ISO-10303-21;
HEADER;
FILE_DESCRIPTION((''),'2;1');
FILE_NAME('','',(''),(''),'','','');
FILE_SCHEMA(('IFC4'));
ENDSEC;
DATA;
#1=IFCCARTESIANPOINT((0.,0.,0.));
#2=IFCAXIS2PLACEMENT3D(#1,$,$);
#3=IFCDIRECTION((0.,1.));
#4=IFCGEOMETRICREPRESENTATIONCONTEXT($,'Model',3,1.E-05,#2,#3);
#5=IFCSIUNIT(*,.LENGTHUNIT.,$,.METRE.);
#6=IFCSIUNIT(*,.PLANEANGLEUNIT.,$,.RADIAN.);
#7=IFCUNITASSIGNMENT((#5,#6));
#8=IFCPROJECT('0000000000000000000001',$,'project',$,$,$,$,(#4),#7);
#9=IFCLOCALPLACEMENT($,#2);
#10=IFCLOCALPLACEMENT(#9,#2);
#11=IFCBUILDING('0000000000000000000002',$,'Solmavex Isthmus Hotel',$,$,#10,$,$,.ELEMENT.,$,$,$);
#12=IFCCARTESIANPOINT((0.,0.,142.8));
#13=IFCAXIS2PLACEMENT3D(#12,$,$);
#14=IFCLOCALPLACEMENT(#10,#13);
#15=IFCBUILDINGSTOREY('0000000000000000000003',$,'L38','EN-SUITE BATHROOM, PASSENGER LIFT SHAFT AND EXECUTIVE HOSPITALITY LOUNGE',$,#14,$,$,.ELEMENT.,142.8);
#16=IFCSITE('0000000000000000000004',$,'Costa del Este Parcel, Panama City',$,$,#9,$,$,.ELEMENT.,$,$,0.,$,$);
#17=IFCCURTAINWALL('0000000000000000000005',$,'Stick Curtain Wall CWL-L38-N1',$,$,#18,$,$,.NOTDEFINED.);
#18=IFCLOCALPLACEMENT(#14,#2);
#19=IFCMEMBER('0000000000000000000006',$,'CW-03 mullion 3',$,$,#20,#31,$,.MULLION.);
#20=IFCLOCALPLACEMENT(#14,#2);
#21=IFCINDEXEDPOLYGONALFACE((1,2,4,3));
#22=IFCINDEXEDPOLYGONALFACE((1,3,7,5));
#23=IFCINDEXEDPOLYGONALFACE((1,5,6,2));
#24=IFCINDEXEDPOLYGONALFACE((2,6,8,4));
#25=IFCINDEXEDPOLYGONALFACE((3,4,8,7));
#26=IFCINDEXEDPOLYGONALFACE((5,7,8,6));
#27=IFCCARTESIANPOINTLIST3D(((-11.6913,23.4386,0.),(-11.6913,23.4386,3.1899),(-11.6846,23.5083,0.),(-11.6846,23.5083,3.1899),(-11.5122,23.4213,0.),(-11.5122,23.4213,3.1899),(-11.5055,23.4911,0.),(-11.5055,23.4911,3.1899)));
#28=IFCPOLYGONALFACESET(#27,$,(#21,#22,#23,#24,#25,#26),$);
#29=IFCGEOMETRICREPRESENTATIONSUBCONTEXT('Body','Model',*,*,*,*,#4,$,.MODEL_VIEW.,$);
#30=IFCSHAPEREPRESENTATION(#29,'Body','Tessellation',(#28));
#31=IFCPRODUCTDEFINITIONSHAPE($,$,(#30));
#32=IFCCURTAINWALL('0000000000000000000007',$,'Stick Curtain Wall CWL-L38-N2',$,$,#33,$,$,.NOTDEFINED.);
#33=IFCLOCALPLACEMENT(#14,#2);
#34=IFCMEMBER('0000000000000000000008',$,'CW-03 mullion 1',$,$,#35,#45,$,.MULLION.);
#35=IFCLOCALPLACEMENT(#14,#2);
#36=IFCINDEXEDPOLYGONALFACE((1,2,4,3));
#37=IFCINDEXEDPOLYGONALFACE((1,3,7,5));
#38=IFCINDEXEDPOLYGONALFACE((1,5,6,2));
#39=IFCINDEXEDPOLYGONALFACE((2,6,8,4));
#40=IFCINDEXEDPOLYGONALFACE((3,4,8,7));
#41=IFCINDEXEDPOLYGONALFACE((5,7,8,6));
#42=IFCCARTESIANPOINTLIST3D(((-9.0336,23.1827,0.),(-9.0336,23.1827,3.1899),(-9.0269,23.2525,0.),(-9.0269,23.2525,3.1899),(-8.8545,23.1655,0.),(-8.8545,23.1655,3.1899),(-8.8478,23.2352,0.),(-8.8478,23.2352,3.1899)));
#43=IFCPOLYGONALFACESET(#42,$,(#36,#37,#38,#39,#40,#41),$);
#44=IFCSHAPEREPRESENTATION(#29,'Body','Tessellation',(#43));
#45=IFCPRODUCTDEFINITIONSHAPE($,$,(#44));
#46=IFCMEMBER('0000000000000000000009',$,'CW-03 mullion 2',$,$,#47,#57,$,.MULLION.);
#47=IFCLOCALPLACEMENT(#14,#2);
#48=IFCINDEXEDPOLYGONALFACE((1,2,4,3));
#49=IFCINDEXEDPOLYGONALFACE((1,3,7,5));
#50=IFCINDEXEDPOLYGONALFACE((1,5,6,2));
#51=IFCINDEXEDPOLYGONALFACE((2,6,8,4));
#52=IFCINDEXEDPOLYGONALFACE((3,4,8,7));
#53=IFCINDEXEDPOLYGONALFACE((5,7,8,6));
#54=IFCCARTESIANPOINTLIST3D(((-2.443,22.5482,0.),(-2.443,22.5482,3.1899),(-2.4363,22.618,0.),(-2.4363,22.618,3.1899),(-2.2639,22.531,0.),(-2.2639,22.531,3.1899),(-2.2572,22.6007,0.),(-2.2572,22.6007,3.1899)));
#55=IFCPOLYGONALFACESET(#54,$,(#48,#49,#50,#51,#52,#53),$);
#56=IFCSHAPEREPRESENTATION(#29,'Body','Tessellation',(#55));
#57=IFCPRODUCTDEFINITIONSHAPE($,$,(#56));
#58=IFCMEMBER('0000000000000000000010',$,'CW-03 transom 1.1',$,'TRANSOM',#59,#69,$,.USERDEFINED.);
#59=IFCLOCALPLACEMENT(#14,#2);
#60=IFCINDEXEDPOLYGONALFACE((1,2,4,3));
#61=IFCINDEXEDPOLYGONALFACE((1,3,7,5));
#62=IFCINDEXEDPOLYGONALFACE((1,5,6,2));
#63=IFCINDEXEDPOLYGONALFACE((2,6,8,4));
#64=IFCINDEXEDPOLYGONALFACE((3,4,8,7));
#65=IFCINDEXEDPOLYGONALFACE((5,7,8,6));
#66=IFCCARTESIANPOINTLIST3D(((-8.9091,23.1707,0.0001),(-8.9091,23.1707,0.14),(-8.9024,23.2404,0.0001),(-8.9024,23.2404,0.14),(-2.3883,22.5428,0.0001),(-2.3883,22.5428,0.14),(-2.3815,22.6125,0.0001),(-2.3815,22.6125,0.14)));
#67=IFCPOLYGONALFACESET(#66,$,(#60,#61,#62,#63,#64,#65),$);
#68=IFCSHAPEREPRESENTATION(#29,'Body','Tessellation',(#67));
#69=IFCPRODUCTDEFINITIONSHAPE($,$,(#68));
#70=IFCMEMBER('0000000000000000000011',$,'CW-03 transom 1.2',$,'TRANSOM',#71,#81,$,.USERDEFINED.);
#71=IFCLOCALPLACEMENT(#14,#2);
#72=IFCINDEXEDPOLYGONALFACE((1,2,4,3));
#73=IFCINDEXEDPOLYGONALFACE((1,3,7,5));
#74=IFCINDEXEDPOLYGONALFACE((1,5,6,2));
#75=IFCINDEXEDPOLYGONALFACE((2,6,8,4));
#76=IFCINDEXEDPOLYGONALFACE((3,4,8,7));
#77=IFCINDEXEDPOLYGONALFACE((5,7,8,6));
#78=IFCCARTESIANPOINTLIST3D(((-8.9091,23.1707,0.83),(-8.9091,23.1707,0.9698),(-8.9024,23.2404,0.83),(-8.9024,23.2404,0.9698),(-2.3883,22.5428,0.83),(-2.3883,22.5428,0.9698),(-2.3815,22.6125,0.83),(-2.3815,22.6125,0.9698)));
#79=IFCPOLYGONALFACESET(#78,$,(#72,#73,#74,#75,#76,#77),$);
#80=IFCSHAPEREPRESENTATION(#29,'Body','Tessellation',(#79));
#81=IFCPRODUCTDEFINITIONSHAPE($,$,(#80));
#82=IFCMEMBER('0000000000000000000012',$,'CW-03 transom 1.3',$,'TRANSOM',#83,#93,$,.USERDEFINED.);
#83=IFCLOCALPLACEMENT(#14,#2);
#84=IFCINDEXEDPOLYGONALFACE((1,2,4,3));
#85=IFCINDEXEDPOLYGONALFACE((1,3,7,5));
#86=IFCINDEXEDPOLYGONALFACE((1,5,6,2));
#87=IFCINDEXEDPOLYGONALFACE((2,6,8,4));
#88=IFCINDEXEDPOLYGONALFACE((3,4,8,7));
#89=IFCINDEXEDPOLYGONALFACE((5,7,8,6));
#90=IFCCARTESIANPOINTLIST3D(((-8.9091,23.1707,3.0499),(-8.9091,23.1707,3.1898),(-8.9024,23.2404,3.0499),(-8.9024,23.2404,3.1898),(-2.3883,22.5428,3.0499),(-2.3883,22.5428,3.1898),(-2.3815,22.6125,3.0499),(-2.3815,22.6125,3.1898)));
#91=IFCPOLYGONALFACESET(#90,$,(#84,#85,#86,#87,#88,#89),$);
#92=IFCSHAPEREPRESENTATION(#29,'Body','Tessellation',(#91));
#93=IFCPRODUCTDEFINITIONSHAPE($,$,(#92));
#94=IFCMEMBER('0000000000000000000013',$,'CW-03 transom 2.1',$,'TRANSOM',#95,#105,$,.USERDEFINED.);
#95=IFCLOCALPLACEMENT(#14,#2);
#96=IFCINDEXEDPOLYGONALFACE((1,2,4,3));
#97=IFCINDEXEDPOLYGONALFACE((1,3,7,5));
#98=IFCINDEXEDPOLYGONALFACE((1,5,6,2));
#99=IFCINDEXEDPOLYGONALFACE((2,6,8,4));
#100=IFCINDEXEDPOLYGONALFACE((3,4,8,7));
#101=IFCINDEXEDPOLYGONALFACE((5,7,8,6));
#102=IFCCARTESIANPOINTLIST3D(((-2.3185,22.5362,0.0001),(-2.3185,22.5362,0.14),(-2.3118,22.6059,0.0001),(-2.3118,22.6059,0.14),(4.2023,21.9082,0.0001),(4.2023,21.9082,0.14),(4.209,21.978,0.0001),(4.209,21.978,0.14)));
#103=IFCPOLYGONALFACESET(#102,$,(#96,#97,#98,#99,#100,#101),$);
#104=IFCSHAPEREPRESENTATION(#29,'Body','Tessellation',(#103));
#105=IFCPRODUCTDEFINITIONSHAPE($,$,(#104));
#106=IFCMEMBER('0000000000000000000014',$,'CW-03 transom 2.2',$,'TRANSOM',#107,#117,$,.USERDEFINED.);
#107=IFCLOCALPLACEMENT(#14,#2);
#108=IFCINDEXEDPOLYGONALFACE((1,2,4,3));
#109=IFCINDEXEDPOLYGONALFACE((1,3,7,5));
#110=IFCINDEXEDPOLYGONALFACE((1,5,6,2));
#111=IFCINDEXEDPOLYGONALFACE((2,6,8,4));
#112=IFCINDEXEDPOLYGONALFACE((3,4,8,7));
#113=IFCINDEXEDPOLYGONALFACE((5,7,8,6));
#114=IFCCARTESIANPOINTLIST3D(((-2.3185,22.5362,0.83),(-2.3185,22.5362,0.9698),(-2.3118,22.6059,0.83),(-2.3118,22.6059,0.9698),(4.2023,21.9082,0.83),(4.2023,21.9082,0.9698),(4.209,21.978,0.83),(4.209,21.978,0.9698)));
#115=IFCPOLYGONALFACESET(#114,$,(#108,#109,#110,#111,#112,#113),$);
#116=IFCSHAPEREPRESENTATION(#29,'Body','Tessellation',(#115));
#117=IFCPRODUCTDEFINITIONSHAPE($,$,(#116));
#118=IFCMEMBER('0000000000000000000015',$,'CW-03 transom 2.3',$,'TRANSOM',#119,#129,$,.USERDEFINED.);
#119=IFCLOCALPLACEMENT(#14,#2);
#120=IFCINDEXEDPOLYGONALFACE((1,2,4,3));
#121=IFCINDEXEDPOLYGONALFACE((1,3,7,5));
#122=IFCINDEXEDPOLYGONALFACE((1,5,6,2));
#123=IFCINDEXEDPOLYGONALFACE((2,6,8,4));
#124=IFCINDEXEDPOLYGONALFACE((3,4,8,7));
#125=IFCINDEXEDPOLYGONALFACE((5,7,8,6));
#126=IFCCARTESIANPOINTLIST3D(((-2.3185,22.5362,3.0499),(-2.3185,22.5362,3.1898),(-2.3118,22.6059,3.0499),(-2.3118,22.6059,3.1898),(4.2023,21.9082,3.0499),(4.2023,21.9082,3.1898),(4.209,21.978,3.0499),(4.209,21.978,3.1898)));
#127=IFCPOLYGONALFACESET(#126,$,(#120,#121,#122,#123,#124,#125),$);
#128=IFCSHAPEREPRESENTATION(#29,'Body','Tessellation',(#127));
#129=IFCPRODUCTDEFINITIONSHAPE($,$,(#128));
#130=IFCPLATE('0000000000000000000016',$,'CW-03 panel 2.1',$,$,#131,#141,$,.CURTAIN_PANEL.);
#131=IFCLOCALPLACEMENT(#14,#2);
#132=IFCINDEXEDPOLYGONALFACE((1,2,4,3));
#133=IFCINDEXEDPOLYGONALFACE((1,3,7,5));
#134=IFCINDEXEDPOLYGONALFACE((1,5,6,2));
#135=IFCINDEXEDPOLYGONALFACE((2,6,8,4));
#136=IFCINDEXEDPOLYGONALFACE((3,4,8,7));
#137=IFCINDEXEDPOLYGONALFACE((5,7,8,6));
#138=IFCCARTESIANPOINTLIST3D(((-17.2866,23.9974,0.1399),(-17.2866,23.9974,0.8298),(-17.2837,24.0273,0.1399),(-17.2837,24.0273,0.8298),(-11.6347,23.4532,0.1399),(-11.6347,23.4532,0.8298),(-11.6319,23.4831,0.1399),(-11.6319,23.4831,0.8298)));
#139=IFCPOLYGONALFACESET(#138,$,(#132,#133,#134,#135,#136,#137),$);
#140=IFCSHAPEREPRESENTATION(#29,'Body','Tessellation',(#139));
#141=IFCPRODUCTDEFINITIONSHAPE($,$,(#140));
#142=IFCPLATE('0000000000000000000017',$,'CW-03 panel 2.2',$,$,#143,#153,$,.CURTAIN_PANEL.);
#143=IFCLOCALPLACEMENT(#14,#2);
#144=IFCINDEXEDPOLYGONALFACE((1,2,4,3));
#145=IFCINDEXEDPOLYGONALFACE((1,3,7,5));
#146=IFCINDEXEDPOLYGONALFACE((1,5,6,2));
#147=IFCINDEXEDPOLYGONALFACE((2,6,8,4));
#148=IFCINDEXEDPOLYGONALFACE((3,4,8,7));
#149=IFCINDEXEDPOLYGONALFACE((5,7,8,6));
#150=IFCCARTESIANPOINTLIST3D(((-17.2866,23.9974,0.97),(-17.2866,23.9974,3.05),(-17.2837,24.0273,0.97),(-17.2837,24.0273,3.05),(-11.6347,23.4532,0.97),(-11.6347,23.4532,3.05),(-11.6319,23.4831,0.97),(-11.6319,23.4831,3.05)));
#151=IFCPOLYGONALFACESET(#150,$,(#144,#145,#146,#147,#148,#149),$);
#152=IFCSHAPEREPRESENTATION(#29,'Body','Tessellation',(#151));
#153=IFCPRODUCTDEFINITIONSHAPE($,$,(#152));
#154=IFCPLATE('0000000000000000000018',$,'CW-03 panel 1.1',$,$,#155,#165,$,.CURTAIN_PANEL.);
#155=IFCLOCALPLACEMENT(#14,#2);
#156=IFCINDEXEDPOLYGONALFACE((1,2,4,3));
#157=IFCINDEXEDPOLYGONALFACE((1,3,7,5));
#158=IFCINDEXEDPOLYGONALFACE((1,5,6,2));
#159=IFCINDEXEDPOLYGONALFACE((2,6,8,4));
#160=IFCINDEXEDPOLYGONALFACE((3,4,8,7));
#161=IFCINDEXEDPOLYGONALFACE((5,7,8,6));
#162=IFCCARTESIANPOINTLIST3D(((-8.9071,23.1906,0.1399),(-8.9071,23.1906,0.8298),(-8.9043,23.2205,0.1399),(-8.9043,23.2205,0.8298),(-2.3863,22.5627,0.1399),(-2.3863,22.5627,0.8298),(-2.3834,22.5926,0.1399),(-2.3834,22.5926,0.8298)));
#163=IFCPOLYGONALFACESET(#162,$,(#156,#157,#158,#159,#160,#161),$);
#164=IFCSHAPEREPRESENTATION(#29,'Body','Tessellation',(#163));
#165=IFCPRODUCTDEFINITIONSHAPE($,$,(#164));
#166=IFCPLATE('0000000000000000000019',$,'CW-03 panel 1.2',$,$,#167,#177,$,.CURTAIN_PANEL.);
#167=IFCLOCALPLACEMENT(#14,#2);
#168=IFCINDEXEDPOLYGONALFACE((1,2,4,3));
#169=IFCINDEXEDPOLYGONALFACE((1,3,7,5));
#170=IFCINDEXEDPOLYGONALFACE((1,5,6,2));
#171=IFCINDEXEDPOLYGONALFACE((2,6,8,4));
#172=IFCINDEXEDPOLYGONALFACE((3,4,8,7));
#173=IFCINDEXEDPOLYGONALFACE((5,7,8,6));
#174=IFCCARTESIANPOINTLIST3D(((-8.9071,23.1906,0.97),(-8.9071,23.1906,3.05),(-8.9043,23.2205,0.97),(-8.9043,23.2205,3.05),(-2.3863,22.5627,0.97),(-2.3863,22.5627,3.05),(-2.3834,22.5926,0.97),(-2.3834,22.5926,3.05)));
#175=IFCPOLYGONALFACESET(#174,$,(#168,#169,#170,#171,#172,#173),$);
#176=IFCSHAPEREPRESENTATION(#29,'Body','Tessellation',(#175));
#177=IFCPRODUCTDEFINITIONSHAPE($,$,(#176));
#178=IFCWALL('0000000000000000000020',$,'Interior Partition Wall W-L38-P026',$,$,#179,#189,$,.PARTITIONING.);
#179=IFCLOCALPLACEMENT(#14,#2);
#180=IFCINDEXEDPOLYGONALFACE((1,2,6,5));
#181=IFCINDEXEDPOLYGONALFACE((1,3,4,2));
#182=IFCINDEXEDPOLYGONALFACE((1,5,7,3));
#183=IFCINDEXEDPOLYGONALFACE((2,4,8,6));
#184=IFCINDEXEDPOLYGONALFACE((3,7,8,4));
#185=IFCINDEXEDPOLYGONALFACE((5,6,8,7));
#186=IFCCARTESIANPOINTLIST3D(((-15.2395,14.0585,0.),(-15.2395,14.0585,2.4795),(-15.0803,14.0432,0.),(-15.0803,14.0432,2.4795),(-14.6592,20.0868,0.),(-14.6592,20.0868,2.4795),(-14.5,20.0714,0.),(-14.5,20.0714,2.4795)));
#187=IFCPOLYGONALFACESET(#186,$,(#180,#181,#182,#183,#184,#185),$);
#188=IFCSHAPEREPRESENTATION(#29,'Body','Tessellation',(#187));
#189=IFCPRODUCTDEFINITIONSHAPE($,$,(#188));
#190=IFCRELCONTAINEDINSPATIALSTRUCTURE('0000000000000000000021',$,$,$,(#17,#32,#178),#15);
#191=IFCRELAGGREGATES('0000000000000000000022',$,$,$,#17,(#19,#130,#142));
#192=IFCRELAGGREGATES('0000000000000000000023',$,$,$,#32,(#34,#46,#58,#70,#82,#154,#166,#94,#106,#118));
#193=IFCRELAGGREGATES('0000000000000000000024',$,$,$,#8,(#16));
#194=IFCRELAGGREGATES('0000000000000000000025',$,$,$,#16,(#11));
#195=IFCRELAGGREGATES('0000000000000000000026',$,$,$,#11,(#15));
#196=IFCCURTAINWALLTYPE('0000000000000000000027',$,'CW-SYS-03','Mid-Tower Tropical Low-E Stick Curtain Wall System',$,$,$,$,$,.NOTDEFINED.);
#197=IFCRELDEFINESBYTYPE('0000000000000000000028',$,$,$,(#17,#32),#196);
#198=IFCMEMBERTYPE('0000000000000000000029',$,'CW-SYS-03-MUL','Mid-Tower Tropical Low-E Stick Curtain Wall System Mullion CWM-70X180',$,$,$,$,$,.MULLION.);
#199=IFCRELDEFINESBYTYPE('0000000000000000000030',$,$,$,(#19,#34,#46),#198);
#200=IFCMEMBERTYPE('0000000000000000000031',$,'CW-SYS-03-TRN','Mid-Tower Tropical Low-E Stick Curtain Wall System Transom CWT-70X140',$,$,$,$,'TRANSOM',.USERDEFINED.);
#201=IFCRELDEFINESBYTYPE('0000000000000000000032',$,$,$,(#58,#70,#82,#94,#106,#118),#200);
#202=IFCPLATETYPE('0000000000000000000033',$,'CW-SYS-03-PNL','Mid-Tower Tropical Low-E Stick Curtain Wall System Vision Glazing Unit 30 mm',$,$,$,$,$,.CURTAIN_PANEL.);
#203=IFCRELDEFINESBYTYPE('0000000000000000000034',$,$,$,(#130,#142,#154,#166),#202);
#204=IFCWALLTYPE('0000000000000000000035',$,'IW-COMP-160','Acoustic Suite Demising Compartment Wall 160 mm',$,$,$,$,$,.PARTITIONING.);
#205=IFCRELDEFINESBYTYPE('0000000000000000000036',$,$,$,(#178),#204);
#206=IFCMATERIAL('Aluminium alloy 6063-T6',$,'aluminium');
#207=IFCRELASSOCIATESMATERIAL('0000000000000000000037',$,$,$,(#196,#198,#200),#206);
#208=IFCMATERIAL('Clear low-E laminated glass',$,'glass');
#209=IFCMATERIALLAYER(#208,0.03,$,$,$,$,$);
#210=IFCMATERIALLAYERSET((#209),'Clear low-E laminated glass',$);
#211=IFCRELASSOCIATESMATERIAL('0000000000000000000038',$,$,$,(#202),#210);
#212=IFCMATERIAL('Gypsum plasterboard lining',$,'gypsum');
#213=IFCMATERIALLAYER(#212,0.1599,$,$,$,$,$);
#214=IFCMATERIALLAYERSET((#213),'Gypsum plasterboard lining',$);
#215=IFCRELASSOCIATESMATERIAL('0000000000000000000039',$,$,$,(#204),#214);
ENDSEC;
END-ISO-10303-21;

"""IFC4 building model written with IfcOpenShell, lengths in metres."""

from ifc_helpers import new_model, si_unit, direction, frame, frame_2d, origin, origin_2d, place, context, subcontext, project, spatial, rectangle, extrude, material, layer, layer_set, material_profile, profile_set, type_object, element, aggregate, save


model = new_model("IFC4")

# Units and contexts
model_context = context("Model", 3, precision=1e-05, world=origin(), true_north=direction((0.0, 1.0)))
body_context = subcontext(model_context, "Body", "Model", "MODEL_VIEW")
ifc_project = project(units=[si_unit("LENGTHUNIT", "METRE"), si_unit("PLANEANGLEUNIT", "RADIAN")], contexts=[model_context])

# Site, building, storey
site_placement = place(None, origin())
site = spatial("IfcSite", under=ifc_project, at=site_placement, Name="Costa del Este Parcel, Panama City", CompositionType="ELEMENT", RefElevation=0.0)
building_placement = place(site_placement, origin())
building = spatial("IfcBuilding", under=site, at=building_placement, Name="Solmavex Isthmus Hotel", CompositionType="ELEMENT")
storey_placement = place(building_placement, frame((0.0, 0.0, 142.8)))
storey = spatial("IfcBuildingStorey", under=building, at=storey_placement, Name="L38", Description="EN-SUITE BATHROOM, PASSENGER LIFT SHAFT AND EXECUTIVE HOSPITALITY LOUNGE", CompositionType="ELEMENT", Elevation=142.8)

# Curtain wall, member
ifc_material_1 = material(Name="Aluminium alloy 6063-T6", Category="aluminium")
curtain_wall_type = type_object("IfcCurtainWallType", Name="CW-SYS-03", Description="Mid-Tower Tropical Low-E Stick Curtain Wall System", PredefinedType="NOTDEFINED", material=ifc_material_1)
curtain_wall_1_placement = place(storey_placement, origin())
curtain_wall_1 = element("IfcCurtainWall", 1, at=curtain_wall_1_placement, inside=storey, type_object=curtain_wall_type, Name="Stick Curtain Wall CWL-L38-N1", PredefinedType="NOTDEFINED")
ifc_material_profile_1 = material_profile(ifc_material_1, rectangle(XDim=0.0701, YDim=0.1799, at=origin_2d()), Name="CWM-70X180")
ifc_profile_set_1 = profile_set([ifc_material_profile_1], Name="Aluminium alloy 6063-T6")
member_type_1 = type_object("IfcMemberType", Name="CW-SYS-03-MUL", Description="Mid-Tower Tropical Low-E Stick Curtain Wall System Mullion CWM-70X180", PredefinedType="MULLION", material=ifc_profile_set_1)
member_1_placement = place(storey_placement, frame((-11.5984, 23.4648, 0.0), z_axis=(0.0, 0.0, 1.0), x_axis=(0.095846, 0.995396, 0.0)))
member_1 = element("IfcMember", 2, at=member_1_placement, type_object=member_type_1, Name="CW-03 mullion 3", PredefinedType="MULLION", context=body_context, shape_type="SweptSolid", body=[
    extrude(rectangle(XDim=0.0701, YDim=0.1799, at=origin_2d()), origin(), (0.0, 0.0, 1.0), 3.1899),
])

# Curtain wall, members
curtain_wall_2_placement = place(storey_placement, origin())
curtain_wall_2 = element("IfcCurtainWall", 3, at=curtain_wall_2_placement, inside=storey, type_object=curtain_wall_type, Name="Stick Curtain Wall CWL-L38-N2", PredefinedType="NOTDEFINED")
member_2_placement = place(storey_placement, frame((-8.9407, 23.209, 0.0), z_axis=(0.0, 0.0, 1.0), x_axis=(0.095845, 0.995396, 0.0)))
member_2 = element("IfcMember", 4, at=member_2_placement, type_object=member_type_1, Name="CW-03 mullion 1", PredefinedType="MULLION", context=body_context, shape_type="SweptSolid", body=[
    extrude(rectangle(XDim=0.0701, YDim=0.1799, at=origin_2d()), origin(), (0.0, 0.0, 1.0), 3.1899),
])
member_3_placement = place(storey_placement, frame((-2.3501, 22.5745, 0.0), z_axis=(0.0, 0.0, 1.0), x_axis=(0.095845, 0.995396, 0.0)))
member_3 = element("IfcMember", 5, at=member_3_placement, type_object=member_type_1, Name="CW-03 mullion 2", PredefinedType="MULLION", context=body_context, shape_type="SweptSolid", body=[
    extrude(rectangle(XDim=0.0701, YDim=0.1799, at=origin_2d()), origin(), (0.0, 0.0, 1.0), 3.1899),
])
ifc_material_profile_2 = material_profile(ifc_material_1, rectangle(XDim=0.0701, YDim=0.1399, at=origin_2d()), Name="CWT-70X140")
ifc_profile_set_2 = profile_set([ifc_material_profile_2], Name="Aluminium alloy 6063-T6")
member_type_2 = type_object("IfcMemberType", Name="CW-SYS-03-TRN", Description="Mid-Tower Tropical Low-E Stick Curtain Wall System Transom CWT-70X140", ElementType="TRANSOM", PredefinedType="USERDEFINED", material=ifc_profile_set_2)
member_4_placement = place(storey_placement, frame((-8.9058, 23.2056, 0.0701), z_axis=(0.995395, -0.095854, 0.0), x_axis=(0.095854, 0.995395, 0.0)))
member_4 = element("IfcMember", 6, at=member_4_placement, type_object=member_type_2, Name="CW-03 transom 1.1", ObjectType="TRANSOM", PredefinedType="USERDEFINED", context=body_context, shape_type="SweptSolid", body=[
    extrude(rectangle(XDim=0.0701, YDim=0.1399, at=origin_2d()), origin(), (0.0, 0.0, 1.0), 6.551),
])
member_5_placement = place(storey_placement, frame((-8.9058, 23.2056, 0.8999), z_axis=(0.995395, -0.095854, 0.0), x_axis=(0.095854, 0.995395, 0.0)))
member_5 = element("IfcMember", 7, at=member_5_placement, type_object=member_type_2, Name="CW-03 transom 1.2", ObjectType="TRANSOM", PredefinedType="USERDEFINED", context=body_context, shape_type="SweptSolid", body=[
    extrude(rectangle(XDim=0.0701, YDim=0.1399, at=origin_2d()), origin(), (0.0, 0.0, 1.0), 6.551),
])
member_6_placement = place(storey_placement, frame((-8.9058, 23.2056, 3.1199), z_axis=(0.995395, -0.095854, 0.0), x_axis=(0.095854, 0.995395, 0.0)))
member_6 = element("IfcMember", 8, at=member_6_placement, type_object=member_type_2, Name="CW-03 transom 1.3", ObjectType="TRANSOM", PredefinedType="USERDEFINED", context=body_context, shape_type="SweptSolid", body=[
    extrude(rectangle(XDim=0.0701, YDim=0.1399, at=origin_2d()), origin(), (0.0, 0.0, 1.0), 6.551),
])
member_7_placement = place(storey_placement, frame((-2.3152, 22.571, 0.0701), z_axis=(0.995395, -0.095854, 0.0), x_axis=(0.095854, 0.995395, 0.0)))
member_7 = element("IfcMember", 9, at=member_7_placement, type_object=member_type_2, Name="CW-03 transom 2.1", ObjectType="TRANSOM", PredefinedType="USERDEFINED", context=body_context, shape_type="SweptSolid", body=[
    extrude(rectangle(XDim=0.0701, YDim=0.1399, at=origin_2d()), origin(), (0.0, 0.0, 1.0), 6.551),
])
member_8_placement = place(storey_placement, frame((-2.3152, 22.571, 0.8999), z_axis=(0.995395, -0.095854, 0.0), x_axis=(0.095854, 0.995395, 0.0)))
member_8 = element("IfcMember", 10, at=member_8_placement, type_object=member_type_2, Name="CW-03 transom 2.2", ObjectType="TRANSOM", PredefinedType="USERDEFINED", context=body_context, shape_type="SweptSolid", body=[
    extrude(rectangle(XDim=0.0701, YDim=0.1399, at=origin_2d()), origin(), (0.0, 0.0, 1.0), 6.551),
])
member_9_placement = place(storey_placement, frame((-2.3152, 22.571, 3.1199), z_axis=(0.995395, -0.095854, 0.0), x_axis=(0.095854, 0.995395, 0.0)))
member_9 = element("IfcMember", 11, at=member_9_placement, type_object=member_type_2, Name="CW-03 transom 2.3", ObjectType="TRANSOM", PredefinedType="USERDEFINED", context=body_context, shape_type="SweptSolid", body=[
    extrude(rectangle(XDim=0.0701, YDim=0.1399, at=origin_2d()), origin(), (0.0, 0.0, 1.0), 6.551),
])

# Plates
ifc_material_2 = material(Name="Clear low-E laminated glass", Category="glass")
ifc_layer_1 = layer(ifc_material_2, 0.03)
ifc_layer_set_1 = layer_set([ifc_layer_1], Name="Clear low-E laminated glass")
plate_type = type_object("IfcPlateType", Name="CW-SYS-03-PNL", Description="Mid-Tower Tropical Low-E Stick Curtain Wall System Vision Glazing Unit 30 mm", PredefinedType="CURTAIN_PANEL", material=ifc_layer_set_1)
plate_1_placement = place(storey_placement, frame((-14.4592, 23.7402, 0.1399), z_axis=(0.0, 0.0, 1.0), x_axis=(0.995396, -0.095846, 0.0)))
plate_1 = element("IfcPlate", 12, at=plate_1_placement, type_object=plate_type, Name="CW-03 panel 2.1", PredefinedType="CURTAIN_PANEL", context=body_context, shape_type="SweptSolid", body=[
    extrude(rectangle(XDim=5.678, YDim=0.03, at=origin_2d()), origin(), (0.0, 0.0, 1.0), 0.6899),
])
plate_2_placement = place(storey_placement, frame((-14.4592, 23.7402, 0.97), z_axis=(0.0, 0.0, 1.0), x_axis=(0.995396, -0.095846, 0.0)))
plate_2 = element("IfcPlate", 13, at=plate_2_placement, type_object=plate_type, Name="CW-03 panel 2.2", PredefinedType="CURTAIN_PANEL", context=body_context, shape_type="SweptSolid", body=[
    extrude(rectangle(XDim=5.678, YDim=0.03, at=origin_2d()), origin(), (0.0, 0.0, 1.0), 2.0801),
])
aggregate(curtain_wall_1, [member_1, plate_1, plate_2])
plate_3_placement = place(storey_placement, frame((-5.6453, 22.8916, 0.1399), z_axis=(0.0, 0.0, 1.0), x_axis=(0.995396, -0.095845, 0.0)))
plate_3 = element("IfcPlate", 14, at=plate_3_placement, type_object=plate_type, Name="CW-03 panel 1.1", PredefinedType="CURTAIN_PANEL", context=body_context, shape_type="SweptSolid", body=[
    extrude(rectangle(XDim=6.551, YDim=0.03, at=origin_2d()), origin(), (0.0, 0.0, 1.0), 0.6899),
])
plate_4_placement = place(storey_placement, frame((-5.6453, 22.8916, 0.97), z_axis=(0.0, 0.0, 1.0), x_axis=(0.995396, -0.095845, 0.0)))
plate_4 = element("IfcPlate", 15, at=plate_4_placement, type_object=plate_type, Name="CW-03 panel 1.2", PredefinedType="CURTAIN_PANEL", context=body_context, shape_type="SweptSolid", body=[
    extrude(rectangle(XDim=6.551, YDim=0.03, at=origin_2d()), origin(), (0.0, 0.0, 1.0), 2.0801),
])
aggregate(curtain_wall_2, [member_2, member_3, member_4, member_5, member_6, plate_3, plate_4, member_7, member_8, member_9])

# Wall
ifc_material_3 = material(Name="Gypsum plasterboard lining", Category="gypsum")
ifc_layer_2 = layer(ifc_material_3, 0.1599)
ifc_layer_set_2 = layer_set([ifc_layer_2], Name="Gypsum plasterboard lining")
wall_type_1 = type_object("IfcWallType", Name="IW-COMP-160", Description="Acoustic Suite Demising Compartment Wall 160 mm", PredefinedType="PARTITIONING", material=ifc_layer_set_2)
wall_1_placement = place(storey_placement, frame((-14.5796, 20.0791, 0.0), z_axis=(0.0, 0.0, 1.0), x_axis=(-0.095823, -0.995398, 0.0)))
element("IfcWall", 16, at=wall_1_placement, inside=storey, type_object=wall_type_1, Name="Interior Partition Wall W-L38-P026", PredefinedType="PARTITIONING", context=body_context, shape_type="SweptSolid", body=[
    extrude(rectangle(XDim=6.0562, YDim=0.1599, at=frame_2d((3.0281, 0.0))), origin(), (0.0, 0.0, 1.0), 2.4795),
])

save(model, "model.ifc")
